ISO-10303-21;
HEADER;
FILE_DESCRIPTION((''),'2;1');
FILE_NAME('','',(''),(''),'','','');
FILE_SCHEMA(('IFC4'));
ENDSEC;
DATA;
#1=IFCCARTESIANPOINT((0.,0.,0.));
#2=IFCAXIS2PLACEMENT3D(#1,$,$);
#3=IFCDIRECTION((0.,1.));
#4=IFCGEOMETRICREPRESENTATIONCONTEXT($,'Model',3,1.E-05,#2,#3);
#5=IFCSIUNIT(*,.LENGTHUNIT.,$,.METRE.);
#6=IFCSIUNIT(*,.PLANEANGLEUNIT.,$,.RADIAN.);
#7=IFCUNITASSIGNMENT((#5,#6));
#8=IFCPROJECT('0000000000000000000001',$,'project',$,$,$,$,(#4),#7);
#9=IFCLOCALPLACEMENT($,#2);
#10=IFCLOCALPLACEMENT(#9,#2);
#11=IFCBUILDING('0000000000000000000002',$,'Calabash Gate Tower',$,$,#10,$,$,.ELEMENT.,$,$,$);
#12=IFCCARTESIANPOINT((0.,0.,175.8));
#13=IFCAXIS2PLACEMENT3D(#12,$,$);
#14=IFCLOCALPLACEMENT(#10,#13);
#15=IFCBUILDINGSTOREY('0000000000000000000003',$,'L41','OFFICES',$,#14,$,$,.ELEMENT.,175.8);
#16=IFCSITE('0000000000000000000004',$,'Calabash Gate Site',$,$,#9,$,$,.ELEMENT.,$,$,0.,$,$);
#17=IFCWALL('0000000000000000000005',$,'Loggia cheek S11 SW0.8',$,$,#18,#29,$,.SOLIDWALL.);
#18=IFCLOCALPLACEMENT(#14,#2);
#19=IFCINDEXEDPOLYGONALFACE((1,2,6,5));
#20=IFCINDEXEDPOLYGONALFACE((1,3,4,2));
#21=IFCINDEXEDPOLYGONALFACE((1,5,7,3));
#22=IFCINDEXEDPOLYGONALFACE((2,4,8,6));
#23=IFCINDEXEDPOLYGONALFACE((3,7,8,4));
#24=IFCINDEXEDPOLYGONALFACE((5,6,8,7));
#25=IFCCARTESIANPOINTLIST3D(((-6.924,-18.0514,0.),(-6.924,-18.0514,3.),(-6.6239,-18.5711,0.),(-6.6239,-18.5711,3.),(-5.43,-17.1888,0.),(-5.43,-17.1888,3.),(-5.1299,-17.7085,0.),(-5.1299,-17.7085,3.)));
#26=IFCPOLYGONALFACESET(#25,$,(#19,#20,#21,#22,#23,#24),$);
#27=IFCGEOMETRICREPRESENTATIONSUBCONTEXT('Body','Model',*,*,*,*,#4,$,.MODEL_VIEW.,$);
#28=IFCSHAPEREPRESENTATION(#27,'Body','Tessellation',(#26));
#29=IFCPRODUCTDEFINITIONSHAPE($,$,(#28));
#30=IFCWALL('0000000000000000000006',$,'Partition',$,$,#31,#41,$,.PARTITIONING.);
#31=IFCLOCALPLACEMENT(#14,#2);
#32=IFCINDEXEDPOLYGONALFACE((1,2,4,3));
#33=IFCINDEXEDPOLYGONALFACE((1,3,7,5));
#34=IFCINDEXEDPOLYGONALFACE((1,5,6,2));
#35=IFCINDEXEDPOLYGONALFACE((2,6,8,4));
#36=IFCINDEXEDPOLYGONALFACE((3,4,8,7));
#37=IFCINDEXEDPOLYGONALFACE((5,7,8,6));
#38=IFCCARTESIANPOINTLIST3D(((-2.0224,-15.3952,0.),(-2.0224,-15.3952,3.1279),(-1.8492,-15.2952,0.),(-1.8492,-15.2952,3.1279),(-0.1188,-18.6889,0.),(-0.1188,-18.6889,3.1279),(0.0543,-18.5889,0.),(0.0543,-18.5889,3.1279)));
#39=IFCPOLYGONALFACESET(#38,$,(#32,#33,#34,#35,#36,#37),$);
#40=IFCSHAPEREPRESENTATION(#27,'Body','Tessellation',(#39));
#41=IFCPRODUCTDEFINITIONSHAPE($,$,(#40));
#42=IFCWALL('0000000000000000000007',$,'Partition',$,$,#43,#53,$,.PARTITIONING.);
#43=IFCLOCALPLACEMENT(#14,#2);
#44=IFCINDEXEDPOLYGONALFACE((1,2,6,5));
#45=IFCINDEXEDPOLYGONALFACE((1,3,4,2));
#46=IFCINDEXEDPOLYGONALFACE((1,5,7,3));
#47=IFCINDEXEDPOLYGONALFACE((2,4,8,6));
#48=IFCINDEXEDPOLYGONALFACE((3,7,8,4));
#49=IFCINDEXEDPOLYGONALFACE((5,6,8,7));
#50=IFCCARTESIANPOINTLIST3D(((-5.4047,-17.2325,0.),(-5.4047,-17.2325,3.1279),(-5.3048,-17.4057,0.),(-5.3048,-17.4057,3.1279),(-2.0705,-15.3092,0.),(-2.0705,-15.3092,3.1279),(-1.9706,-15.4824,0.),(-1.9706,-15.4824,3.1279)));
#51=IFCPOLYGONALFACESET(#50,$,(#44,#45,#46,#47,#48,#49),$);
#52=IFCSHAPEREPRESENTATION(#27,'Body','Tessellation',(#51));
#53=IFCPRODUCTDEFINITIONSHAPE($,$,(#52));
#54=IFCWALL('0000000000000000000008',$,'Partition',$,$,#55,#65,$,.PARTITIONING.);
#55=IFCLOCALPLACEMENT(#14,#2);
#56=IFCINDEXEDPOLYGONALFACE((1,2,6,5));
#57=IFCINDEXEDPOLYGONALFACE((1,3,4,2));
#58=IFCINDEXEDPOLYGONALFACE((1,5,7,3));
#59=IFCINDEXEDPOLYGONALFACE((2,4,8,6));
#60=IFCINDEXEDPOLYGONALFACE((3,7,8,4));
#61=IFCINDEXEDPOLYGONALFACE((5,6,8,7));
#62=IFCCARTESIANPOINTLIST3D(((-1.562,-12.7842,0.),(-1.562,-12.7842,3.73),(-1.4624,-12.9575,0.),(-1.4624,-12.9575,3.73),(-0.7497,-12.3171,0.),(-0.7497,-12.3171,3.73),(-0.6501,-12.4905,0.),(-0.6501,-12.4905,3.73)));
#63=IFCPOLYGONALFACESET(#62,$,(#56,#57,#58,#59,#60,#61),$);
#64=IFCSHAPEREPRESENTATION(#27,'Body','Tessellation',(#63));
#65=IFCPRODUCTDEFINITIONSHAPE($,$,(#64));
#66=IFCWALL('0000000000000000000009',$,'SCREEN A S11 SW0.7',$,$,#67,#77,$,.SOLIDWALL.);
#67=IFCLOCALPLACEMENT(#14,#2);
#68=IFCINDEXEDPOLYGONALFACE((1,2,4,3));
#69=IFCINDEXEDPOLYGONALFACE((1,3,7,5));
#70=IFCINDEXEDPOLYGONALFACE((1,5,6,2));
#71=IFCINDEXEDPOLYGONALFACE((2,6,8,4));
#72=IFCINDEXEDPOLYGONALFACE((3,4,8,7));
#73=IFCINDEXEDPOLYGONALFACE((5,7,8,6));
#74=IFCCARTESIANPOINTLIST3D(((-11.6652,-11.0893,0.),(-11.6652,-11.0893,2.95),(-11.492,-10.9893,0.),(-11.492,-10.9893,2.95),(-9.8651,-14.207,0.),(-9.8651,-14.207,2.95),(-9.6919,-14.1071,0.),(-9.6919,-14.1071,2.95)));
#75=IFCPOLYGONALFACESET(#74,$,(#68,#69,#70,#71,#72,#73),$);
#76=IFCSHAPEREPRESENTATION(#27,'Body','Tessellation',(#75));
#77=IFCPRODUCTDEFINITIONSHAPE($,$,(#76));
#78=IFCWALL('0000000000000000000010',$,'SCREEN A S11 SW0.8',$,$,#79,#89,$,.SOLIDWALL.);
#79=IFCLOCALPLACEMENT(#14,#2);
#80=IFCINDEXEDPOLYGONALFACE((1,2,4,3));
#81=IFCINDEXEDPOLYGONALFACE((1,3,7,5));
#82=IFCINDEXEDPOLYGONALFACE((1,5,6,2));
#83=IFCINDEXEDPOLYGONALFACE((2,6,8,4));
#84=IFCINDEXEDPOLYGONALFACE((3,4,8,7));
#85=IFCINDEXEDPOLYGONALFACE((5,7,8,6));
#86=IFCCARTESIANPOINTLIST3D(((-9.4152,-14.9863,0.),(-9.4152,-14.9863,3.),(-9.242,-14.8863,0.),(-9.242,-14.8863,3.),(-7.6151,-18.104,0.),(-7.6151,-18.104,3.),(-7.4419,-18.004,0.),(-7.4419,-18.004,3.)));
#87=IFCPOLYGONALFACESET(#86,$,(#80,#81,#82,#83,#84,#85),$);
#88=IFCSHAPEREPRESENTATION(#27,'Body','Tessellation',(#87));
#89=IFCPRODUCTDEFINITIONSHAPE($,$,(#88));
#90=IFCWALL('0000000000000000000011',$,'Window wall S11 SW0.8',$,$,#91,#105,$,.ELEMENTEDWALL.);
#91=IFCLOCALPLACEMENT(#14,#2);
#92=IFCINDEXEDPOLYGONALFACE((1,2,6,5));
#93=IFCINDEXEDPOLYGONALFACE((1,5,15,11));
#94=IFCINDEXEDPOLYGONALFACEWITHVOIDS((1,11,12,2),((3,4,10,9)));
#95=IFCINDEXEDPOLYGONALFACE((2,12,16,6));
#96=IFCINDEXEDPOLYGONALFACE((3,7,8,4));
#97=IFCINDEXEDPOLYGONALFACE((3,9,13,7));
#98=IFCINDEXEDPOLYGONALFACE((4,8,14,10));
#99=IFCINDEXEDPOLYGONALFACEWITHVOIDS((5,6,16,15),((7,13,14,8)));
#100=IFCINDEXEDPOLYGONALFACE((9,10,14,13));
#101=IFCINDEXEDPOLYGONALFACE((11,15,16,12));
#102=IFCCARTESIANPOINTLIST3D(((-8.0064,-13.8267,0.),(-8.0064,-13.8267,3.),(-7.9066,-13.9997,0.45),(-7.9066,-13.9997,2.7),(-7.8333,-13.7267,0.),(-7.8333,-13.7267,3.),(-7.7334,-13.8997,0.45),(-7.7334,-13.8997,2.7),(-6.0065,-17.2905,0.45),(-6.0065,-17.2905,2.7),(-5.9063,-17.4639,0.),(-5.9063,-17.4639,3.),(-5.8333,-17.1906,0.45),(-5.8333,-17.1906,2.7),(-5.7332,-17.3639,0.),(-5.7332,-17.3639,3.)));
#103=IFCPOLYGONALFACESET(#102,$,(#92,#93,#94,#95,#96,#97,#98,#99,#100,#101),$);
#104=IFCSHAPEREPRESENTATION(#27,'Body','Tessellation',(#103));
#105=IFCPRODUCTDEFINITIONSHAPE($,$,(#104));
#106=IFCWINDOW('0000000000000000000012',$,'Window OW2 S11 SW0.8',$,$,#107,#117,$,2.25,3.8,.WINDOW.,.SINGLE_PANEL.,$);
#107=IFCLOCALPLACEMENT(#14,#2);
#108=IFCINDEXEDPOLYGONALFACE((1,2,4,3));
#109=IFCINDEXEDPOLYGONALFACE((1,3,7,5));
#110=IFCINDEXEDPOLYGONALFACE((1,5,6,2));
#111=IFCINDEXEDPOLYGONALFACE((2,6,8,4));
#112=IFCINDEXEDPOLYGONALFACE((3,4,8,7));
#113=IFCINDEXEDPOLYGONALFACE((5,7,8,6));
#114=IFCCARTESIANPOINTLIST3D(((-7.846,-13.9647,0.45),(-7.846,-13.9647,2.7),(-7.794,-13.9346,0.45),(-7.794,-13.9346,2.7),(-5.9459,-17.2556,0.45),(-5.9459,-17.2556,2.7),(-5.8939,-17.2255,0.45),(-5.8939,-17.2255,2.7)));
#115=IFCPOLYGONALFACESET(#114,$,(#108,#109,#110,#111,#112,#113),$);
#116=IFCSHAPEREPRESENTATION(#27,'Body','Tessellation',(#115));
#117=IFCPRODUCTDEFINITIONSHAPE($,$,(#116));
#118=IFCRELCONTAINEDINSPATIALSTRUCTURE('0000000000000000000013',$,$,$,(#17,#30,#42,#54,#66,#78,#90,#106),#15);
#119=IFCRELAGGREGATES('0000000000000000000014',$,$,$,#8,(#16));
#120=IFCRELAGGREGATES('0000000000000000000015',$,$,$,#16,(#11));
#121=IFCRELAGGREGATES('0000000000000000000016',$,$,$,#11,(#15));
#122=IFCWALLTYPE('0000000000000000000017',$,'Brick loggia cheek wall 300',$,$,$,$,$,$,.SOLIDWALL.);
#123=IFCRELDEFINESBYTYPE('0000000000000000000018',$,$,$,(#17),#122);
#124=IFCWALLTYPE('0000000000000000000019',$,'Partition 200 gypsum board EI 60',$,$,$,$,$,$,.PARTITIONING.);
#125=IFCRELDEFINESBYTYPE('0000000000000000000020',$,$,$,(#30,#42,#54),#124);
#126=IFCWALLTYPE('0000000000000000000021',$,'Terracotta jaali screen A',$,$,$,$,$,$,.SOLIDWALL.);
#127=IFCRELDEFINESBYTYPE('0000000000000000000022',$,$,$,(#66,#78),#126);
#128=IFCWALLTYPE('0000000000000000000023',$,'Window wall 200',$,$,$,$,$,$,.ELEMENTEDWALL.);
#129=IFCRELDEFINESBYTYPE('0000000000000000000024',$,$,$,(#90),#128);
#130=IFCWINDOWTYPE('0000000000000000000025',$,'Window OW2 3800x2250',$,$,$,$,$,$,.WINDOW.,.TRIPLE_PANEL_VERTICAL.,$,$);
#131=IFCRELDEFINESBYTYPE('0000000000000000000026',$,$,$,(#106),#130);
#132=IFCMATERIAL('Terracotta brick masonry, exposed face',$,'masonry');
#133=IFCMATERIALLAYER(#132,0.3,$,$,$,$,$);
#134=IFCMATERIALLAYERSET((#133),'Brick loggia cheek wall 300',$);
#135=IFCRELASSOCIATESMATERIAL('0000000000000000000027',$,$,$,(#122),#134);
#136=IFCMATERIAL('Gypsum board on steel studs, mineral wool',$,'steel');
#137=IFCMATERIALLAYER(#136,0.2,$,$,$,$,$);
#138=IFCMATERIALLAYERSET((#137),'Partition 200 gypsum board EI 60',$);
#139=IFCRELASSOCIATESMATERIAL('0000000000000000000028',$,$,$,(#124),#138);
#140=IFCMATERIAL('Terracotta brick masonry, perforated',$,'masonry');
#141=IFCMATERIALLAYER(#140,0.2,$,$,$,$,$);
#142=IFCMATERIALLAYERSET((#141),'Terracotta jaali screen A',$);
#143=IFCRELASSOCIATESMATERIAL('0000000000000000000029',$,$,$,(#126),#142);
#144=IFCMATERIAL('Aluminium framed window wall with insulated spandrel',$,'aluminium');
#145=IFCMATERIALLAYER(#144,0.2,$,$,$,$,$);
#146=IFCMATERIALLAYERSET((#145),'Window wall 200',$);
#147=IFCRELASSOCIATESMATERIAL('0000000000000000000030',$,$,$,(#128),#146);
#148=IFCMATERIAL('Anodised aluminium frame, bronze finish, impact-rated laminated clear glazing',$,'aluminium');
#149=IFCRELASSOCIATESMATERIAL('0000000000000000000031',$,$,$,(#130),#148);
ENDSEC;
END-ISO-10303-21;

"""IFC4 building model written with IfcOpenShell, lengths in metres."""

from ifc_helpers import new_model, si_unit, direction, frame, frame_2d, origin, place, context, subcontext, project, spatial, rectangle, extrude, material, layer, layer_set, type_object, element, fill, save


model = new_model("IFC4")

# Units and contexts
model_context = context("Model", 3, precision=1e-05, world=origin(), true_north=direction((0.0, 1.0)))
body_context = subcontext(model_context, "Body", "Model", "MODEL_VIEW")
ifc_project = project(units=[si_unit("LENGTHUNIT", "METRE"), si_unit("PLANEANGLEUNIT", "RADIAN")], contexts=[model_context])

# Site, building, storey
site_placement = place(None, origin())
site = spatial("IfcSite", under=ifc_project, at=site_placement, Name="Calabash Gate Site", CompositionType="ELEMENT", RefElevation=0.0)
building_placement = place(site_placement, origin())
building = spatial("IfcBuilding", under=site, at=building_placement, Name="Calabash Gate Tower", CompositionType="ELEMENT")
storey_placement = place(building_placement, frame((0.0, 0.0, 175.8)))
storey = spatial("IfcBuildingStorey", under=building, at=storey_placement, Name="L41", Description="OFFICES", CompositionType="ELEMENT", Elevation=175.8)

# Walls
ifc_material_1 = material(Name="Terracotta brick masonry, exposed face", Category="masonry")
ifc_layer_1 = layer(ifc_material_1, 0.3)
ifc_layer_set_1 = layer_set([ifc_layer_1], Name="Brick loggia cheek wall 300")
wall_type_1 = type_object("IfcWallType", Name="Brick loggia cheek wall 300", PredefinedType="SOLIDWALL", material=ifc_layer_set_1)
wall_1_placement = place(storey_placement, frame((-6.7739, -18.3113, 0.0), z_axis=(0.0, 0.0, 1.0), x_axis=(0.866014, 0.500021, 0.0)))
element("IfcWall", 1, at=wall_1_placement, inside=storey, type_object=wall_type_1, Name="Loggia cheek S11 SW0.8", PredefinedType="SOLIDWALL", context=body_context, shape_type="SweptSolid", body=[
    extrude(rectangle(XDim=1.7251, YDim=0.6001, at=frame_2d((0.8625, 0.0))), origin(), (0.0, 0.0, 1.0), 3.0),
])
ifc_material_2 = material(Name="Gypsum board on steel studs, mineral wool", Category="steel")
ifc_layer_2 = layer(ifc_material_2, 0.2)
ifc_layer_set_2 = layer_set([ifc_layer_2], Name="Partition 200 gypsum board EI 60")
wall_type_2 = type_object("IfcWallType", Name="Partition 200 gypsum board EI 60", PredefinedType="PARTITIONING", material=ifc_layer_set_2)
wall_2_placement = place(storey_placement, frame((-1.9358, -15.3452, 0.0), z_axis=(0.0, 0.0, 1.0), x_axis=(0.500383, -0.865804, 0.0)))
element("IfcWall", 2, at=wall_2_placement, inside=storey, type_object=wall_type_2, Name="Partition", PredefinedType="PARTITIONING", context=body_context, shape_type="SweptSolid", body=[
    extrude(rectangle(XDim=3.8042, YDim=0.2, at=frame_2d((1.9021, 0.0))), origin(), (0.0, 0.0, 1.0), 3.1279),
])
wall_3_placement = place(storey_placement, frame((-5.3547, -17.3191, 0.0), z_axis=(0.0, 0.0, 1.0), x_axis=(0.866214, 0.499673, 0.0)))
element("IfcWall", 3, at=wall_3_placement, inside=storey, type_object=wall_type_2, Name="Partition", PredefinedType="PARTITIONING", context=body_context, shape_type="SweptSolid", body=[
    extrude(rectangle(XDim=3.8491, YDim=0.2, at=frame_2d((1.9246, 0.0))), origin(), (0.0, 0.0, 1.0), 3.1279),
])
wall_4_placement = place(storey_placement, frame((-1.5122, -12.8708, 0.0), z_axis=(0.0, 0.0, 1.0), x_axis=(0.866909, 0.498466, 0.0)))
element("IfcWall", 4, at=wall_4_placement, inside=storey, type_object=wall_type_2, Name="Partition", PredefinedType="PARTITIONING", context=body_context, shape_type="SweptSolid", body=[
    extrude(rectangle(XDim=0.937, YDim=0.2, at=frame_2d((0.4685, 0.0))), origin(), (0.0, 0.0, 1.0), 3.73),
])
ifc_material_3 = material(Name="Terracotta brick masonry, perforated", Category="masonry")
ifc_layer_3 = layer(ifc_material_3, 0.2)
ifc_layer_set_3 = layer_set([ifc_layer_3], Name="Terracotta jaali screen A")
wall_type_3 = type_object("IfcWallType", Name="Terracotta jaali screen A", PredefinedType="SOLIDWALL", material=ifc_layer_set_3)
wall_5_placement = place(storey_placement, frame((-11.5786, -11.0393, 0.0), z_axis=(0.0, 0.0, 1.0), x_axis=(0.500012, -0.866018, 0.0)))
element("IfcWall", 5, at=wall_5_placement, inside=storey, type_object=wall_type_3, Name="SCREEN A S11 SW0.7", PredefinedType="SOLIDWALL", context=body_context, shape_type="SweptSolid", body=[
    extrude(rectangle(XDim=3.6001, YDim=0.2, at=frame_2d((1.8, 0.0))), origin(), (0.0, 0.0, 1.0), 2.95),
])
wall_6_placement = place(storey_placement, frame((-9.3286, -14.9363, 0.0), z_axis=(0.0, 0.0, 1.0), x_axis=(0.500012, -0.866018, 0.0)))
element("IfcWall", 6, at=wall_6_placement, inside=storey, type_object=wall_type_3, Name="SCREEN A S11 SW0.8", PredefinedType="SOLIDWALL", context=body_context, shape_type="SweptSolid", body=[
    extrude(rectangle(XDim=3.6001, YDim=0.2, at=frame_2d((1.8, 0.0))), origin(), (0.0, 0.0, 1.0), 3.0),
])

# Wall, opening, window
ifc_material_4 = material(Name="Aluminium framed window wall with insulated spandrel", Category="aluminium")
ifc_layer_4 = layer(ifc_material_4, 0.2)
ifc_layer_set_4 = layer_set([ifc_layer_4], Name="Window wall 200")
wall_type_4 = type_object("IfcWallType", Name="Window wall 200", PredefinedType="ELEMENTEDWALL", material=ifc_layer_set_4)
wall_7_placement = place(storey_placement, frame((-7.9199, -13.7766, 0.0), z_axis=(0.0, 0.0, 1.0), x_axis=(0.500028, -0.866009, 0.0)))
wall_7 = element("IfcWall", 7, at=wall_7_placement, inside=storey, type_object=wall_type_4, Name="Window wall S11 SW0.8", PredefinedType="ELEMENTEDWALL", context=body_context, shape_type="SweptSolid", body=[
    extrude(rectangle(XDim=4.2, YDim=0.2, at=frame_2d((2.1001, 0.0))), origin(), (0.0, 0.0, 1.0), 3.0),
])
opening_placement = place(wall_7_placement, frame((0.2, 0.0, 0.45)))
opening = element("IfcOpeningElement", 8, at=opening_placement, cuts=wall_7, PredefinedType="OPENING", context=body_context, shape_type="SweptSolid", body=[
    extrude(rectangle(XDim=3.8, YDim=2.25, at=frame_2d((1.8999, 1.125))), frame((0.0, 0.1099, 0.0), z_axis=(0.0, -1.0, 0.0), x_axis=(1.0, 0.0, 0.0)), (0.0, 0.0, 1.0), 0.22),
])
ifc_material_5 = material(Name="Anodised aluminium frame, bronze finish, impact-rated laminated clear glazing", Category="aluminium")
window_type = type_object("IfcWindowType", Name="Window OW2 3800x2250", PartitioningType="TRIPLE_PANEL_VERTICAL", PredefinedType="WINDOW", material=ifc_material_5)
window_placement = place(opening_placement, origin())
window = element("IfcWindow", 9, at=window_placement, inside=storey, type_object=window_type, Name="Window OW2 S11 SW0.8", OverallHeight=2.25, OverallWidth=3.8, PartitioningType="SINGLE_PANEL", PredefinedType="WINDOW", context=body_context, shape_type="SweptSolid", body=[
    extrude(rectangle(XDim=3.8, YDim=2.25, at=frame_2d((1.8999, 1.125))), frame((0.0, 0.03, 0.0), z_axis=(0.0, -1.0, 0.0), x_axis=(1.0, 0.0, 0.0)), (0.0, 0.0, 1.0), 0.0601),
])
fill(opening, window)

save(model, "model.ifc")
